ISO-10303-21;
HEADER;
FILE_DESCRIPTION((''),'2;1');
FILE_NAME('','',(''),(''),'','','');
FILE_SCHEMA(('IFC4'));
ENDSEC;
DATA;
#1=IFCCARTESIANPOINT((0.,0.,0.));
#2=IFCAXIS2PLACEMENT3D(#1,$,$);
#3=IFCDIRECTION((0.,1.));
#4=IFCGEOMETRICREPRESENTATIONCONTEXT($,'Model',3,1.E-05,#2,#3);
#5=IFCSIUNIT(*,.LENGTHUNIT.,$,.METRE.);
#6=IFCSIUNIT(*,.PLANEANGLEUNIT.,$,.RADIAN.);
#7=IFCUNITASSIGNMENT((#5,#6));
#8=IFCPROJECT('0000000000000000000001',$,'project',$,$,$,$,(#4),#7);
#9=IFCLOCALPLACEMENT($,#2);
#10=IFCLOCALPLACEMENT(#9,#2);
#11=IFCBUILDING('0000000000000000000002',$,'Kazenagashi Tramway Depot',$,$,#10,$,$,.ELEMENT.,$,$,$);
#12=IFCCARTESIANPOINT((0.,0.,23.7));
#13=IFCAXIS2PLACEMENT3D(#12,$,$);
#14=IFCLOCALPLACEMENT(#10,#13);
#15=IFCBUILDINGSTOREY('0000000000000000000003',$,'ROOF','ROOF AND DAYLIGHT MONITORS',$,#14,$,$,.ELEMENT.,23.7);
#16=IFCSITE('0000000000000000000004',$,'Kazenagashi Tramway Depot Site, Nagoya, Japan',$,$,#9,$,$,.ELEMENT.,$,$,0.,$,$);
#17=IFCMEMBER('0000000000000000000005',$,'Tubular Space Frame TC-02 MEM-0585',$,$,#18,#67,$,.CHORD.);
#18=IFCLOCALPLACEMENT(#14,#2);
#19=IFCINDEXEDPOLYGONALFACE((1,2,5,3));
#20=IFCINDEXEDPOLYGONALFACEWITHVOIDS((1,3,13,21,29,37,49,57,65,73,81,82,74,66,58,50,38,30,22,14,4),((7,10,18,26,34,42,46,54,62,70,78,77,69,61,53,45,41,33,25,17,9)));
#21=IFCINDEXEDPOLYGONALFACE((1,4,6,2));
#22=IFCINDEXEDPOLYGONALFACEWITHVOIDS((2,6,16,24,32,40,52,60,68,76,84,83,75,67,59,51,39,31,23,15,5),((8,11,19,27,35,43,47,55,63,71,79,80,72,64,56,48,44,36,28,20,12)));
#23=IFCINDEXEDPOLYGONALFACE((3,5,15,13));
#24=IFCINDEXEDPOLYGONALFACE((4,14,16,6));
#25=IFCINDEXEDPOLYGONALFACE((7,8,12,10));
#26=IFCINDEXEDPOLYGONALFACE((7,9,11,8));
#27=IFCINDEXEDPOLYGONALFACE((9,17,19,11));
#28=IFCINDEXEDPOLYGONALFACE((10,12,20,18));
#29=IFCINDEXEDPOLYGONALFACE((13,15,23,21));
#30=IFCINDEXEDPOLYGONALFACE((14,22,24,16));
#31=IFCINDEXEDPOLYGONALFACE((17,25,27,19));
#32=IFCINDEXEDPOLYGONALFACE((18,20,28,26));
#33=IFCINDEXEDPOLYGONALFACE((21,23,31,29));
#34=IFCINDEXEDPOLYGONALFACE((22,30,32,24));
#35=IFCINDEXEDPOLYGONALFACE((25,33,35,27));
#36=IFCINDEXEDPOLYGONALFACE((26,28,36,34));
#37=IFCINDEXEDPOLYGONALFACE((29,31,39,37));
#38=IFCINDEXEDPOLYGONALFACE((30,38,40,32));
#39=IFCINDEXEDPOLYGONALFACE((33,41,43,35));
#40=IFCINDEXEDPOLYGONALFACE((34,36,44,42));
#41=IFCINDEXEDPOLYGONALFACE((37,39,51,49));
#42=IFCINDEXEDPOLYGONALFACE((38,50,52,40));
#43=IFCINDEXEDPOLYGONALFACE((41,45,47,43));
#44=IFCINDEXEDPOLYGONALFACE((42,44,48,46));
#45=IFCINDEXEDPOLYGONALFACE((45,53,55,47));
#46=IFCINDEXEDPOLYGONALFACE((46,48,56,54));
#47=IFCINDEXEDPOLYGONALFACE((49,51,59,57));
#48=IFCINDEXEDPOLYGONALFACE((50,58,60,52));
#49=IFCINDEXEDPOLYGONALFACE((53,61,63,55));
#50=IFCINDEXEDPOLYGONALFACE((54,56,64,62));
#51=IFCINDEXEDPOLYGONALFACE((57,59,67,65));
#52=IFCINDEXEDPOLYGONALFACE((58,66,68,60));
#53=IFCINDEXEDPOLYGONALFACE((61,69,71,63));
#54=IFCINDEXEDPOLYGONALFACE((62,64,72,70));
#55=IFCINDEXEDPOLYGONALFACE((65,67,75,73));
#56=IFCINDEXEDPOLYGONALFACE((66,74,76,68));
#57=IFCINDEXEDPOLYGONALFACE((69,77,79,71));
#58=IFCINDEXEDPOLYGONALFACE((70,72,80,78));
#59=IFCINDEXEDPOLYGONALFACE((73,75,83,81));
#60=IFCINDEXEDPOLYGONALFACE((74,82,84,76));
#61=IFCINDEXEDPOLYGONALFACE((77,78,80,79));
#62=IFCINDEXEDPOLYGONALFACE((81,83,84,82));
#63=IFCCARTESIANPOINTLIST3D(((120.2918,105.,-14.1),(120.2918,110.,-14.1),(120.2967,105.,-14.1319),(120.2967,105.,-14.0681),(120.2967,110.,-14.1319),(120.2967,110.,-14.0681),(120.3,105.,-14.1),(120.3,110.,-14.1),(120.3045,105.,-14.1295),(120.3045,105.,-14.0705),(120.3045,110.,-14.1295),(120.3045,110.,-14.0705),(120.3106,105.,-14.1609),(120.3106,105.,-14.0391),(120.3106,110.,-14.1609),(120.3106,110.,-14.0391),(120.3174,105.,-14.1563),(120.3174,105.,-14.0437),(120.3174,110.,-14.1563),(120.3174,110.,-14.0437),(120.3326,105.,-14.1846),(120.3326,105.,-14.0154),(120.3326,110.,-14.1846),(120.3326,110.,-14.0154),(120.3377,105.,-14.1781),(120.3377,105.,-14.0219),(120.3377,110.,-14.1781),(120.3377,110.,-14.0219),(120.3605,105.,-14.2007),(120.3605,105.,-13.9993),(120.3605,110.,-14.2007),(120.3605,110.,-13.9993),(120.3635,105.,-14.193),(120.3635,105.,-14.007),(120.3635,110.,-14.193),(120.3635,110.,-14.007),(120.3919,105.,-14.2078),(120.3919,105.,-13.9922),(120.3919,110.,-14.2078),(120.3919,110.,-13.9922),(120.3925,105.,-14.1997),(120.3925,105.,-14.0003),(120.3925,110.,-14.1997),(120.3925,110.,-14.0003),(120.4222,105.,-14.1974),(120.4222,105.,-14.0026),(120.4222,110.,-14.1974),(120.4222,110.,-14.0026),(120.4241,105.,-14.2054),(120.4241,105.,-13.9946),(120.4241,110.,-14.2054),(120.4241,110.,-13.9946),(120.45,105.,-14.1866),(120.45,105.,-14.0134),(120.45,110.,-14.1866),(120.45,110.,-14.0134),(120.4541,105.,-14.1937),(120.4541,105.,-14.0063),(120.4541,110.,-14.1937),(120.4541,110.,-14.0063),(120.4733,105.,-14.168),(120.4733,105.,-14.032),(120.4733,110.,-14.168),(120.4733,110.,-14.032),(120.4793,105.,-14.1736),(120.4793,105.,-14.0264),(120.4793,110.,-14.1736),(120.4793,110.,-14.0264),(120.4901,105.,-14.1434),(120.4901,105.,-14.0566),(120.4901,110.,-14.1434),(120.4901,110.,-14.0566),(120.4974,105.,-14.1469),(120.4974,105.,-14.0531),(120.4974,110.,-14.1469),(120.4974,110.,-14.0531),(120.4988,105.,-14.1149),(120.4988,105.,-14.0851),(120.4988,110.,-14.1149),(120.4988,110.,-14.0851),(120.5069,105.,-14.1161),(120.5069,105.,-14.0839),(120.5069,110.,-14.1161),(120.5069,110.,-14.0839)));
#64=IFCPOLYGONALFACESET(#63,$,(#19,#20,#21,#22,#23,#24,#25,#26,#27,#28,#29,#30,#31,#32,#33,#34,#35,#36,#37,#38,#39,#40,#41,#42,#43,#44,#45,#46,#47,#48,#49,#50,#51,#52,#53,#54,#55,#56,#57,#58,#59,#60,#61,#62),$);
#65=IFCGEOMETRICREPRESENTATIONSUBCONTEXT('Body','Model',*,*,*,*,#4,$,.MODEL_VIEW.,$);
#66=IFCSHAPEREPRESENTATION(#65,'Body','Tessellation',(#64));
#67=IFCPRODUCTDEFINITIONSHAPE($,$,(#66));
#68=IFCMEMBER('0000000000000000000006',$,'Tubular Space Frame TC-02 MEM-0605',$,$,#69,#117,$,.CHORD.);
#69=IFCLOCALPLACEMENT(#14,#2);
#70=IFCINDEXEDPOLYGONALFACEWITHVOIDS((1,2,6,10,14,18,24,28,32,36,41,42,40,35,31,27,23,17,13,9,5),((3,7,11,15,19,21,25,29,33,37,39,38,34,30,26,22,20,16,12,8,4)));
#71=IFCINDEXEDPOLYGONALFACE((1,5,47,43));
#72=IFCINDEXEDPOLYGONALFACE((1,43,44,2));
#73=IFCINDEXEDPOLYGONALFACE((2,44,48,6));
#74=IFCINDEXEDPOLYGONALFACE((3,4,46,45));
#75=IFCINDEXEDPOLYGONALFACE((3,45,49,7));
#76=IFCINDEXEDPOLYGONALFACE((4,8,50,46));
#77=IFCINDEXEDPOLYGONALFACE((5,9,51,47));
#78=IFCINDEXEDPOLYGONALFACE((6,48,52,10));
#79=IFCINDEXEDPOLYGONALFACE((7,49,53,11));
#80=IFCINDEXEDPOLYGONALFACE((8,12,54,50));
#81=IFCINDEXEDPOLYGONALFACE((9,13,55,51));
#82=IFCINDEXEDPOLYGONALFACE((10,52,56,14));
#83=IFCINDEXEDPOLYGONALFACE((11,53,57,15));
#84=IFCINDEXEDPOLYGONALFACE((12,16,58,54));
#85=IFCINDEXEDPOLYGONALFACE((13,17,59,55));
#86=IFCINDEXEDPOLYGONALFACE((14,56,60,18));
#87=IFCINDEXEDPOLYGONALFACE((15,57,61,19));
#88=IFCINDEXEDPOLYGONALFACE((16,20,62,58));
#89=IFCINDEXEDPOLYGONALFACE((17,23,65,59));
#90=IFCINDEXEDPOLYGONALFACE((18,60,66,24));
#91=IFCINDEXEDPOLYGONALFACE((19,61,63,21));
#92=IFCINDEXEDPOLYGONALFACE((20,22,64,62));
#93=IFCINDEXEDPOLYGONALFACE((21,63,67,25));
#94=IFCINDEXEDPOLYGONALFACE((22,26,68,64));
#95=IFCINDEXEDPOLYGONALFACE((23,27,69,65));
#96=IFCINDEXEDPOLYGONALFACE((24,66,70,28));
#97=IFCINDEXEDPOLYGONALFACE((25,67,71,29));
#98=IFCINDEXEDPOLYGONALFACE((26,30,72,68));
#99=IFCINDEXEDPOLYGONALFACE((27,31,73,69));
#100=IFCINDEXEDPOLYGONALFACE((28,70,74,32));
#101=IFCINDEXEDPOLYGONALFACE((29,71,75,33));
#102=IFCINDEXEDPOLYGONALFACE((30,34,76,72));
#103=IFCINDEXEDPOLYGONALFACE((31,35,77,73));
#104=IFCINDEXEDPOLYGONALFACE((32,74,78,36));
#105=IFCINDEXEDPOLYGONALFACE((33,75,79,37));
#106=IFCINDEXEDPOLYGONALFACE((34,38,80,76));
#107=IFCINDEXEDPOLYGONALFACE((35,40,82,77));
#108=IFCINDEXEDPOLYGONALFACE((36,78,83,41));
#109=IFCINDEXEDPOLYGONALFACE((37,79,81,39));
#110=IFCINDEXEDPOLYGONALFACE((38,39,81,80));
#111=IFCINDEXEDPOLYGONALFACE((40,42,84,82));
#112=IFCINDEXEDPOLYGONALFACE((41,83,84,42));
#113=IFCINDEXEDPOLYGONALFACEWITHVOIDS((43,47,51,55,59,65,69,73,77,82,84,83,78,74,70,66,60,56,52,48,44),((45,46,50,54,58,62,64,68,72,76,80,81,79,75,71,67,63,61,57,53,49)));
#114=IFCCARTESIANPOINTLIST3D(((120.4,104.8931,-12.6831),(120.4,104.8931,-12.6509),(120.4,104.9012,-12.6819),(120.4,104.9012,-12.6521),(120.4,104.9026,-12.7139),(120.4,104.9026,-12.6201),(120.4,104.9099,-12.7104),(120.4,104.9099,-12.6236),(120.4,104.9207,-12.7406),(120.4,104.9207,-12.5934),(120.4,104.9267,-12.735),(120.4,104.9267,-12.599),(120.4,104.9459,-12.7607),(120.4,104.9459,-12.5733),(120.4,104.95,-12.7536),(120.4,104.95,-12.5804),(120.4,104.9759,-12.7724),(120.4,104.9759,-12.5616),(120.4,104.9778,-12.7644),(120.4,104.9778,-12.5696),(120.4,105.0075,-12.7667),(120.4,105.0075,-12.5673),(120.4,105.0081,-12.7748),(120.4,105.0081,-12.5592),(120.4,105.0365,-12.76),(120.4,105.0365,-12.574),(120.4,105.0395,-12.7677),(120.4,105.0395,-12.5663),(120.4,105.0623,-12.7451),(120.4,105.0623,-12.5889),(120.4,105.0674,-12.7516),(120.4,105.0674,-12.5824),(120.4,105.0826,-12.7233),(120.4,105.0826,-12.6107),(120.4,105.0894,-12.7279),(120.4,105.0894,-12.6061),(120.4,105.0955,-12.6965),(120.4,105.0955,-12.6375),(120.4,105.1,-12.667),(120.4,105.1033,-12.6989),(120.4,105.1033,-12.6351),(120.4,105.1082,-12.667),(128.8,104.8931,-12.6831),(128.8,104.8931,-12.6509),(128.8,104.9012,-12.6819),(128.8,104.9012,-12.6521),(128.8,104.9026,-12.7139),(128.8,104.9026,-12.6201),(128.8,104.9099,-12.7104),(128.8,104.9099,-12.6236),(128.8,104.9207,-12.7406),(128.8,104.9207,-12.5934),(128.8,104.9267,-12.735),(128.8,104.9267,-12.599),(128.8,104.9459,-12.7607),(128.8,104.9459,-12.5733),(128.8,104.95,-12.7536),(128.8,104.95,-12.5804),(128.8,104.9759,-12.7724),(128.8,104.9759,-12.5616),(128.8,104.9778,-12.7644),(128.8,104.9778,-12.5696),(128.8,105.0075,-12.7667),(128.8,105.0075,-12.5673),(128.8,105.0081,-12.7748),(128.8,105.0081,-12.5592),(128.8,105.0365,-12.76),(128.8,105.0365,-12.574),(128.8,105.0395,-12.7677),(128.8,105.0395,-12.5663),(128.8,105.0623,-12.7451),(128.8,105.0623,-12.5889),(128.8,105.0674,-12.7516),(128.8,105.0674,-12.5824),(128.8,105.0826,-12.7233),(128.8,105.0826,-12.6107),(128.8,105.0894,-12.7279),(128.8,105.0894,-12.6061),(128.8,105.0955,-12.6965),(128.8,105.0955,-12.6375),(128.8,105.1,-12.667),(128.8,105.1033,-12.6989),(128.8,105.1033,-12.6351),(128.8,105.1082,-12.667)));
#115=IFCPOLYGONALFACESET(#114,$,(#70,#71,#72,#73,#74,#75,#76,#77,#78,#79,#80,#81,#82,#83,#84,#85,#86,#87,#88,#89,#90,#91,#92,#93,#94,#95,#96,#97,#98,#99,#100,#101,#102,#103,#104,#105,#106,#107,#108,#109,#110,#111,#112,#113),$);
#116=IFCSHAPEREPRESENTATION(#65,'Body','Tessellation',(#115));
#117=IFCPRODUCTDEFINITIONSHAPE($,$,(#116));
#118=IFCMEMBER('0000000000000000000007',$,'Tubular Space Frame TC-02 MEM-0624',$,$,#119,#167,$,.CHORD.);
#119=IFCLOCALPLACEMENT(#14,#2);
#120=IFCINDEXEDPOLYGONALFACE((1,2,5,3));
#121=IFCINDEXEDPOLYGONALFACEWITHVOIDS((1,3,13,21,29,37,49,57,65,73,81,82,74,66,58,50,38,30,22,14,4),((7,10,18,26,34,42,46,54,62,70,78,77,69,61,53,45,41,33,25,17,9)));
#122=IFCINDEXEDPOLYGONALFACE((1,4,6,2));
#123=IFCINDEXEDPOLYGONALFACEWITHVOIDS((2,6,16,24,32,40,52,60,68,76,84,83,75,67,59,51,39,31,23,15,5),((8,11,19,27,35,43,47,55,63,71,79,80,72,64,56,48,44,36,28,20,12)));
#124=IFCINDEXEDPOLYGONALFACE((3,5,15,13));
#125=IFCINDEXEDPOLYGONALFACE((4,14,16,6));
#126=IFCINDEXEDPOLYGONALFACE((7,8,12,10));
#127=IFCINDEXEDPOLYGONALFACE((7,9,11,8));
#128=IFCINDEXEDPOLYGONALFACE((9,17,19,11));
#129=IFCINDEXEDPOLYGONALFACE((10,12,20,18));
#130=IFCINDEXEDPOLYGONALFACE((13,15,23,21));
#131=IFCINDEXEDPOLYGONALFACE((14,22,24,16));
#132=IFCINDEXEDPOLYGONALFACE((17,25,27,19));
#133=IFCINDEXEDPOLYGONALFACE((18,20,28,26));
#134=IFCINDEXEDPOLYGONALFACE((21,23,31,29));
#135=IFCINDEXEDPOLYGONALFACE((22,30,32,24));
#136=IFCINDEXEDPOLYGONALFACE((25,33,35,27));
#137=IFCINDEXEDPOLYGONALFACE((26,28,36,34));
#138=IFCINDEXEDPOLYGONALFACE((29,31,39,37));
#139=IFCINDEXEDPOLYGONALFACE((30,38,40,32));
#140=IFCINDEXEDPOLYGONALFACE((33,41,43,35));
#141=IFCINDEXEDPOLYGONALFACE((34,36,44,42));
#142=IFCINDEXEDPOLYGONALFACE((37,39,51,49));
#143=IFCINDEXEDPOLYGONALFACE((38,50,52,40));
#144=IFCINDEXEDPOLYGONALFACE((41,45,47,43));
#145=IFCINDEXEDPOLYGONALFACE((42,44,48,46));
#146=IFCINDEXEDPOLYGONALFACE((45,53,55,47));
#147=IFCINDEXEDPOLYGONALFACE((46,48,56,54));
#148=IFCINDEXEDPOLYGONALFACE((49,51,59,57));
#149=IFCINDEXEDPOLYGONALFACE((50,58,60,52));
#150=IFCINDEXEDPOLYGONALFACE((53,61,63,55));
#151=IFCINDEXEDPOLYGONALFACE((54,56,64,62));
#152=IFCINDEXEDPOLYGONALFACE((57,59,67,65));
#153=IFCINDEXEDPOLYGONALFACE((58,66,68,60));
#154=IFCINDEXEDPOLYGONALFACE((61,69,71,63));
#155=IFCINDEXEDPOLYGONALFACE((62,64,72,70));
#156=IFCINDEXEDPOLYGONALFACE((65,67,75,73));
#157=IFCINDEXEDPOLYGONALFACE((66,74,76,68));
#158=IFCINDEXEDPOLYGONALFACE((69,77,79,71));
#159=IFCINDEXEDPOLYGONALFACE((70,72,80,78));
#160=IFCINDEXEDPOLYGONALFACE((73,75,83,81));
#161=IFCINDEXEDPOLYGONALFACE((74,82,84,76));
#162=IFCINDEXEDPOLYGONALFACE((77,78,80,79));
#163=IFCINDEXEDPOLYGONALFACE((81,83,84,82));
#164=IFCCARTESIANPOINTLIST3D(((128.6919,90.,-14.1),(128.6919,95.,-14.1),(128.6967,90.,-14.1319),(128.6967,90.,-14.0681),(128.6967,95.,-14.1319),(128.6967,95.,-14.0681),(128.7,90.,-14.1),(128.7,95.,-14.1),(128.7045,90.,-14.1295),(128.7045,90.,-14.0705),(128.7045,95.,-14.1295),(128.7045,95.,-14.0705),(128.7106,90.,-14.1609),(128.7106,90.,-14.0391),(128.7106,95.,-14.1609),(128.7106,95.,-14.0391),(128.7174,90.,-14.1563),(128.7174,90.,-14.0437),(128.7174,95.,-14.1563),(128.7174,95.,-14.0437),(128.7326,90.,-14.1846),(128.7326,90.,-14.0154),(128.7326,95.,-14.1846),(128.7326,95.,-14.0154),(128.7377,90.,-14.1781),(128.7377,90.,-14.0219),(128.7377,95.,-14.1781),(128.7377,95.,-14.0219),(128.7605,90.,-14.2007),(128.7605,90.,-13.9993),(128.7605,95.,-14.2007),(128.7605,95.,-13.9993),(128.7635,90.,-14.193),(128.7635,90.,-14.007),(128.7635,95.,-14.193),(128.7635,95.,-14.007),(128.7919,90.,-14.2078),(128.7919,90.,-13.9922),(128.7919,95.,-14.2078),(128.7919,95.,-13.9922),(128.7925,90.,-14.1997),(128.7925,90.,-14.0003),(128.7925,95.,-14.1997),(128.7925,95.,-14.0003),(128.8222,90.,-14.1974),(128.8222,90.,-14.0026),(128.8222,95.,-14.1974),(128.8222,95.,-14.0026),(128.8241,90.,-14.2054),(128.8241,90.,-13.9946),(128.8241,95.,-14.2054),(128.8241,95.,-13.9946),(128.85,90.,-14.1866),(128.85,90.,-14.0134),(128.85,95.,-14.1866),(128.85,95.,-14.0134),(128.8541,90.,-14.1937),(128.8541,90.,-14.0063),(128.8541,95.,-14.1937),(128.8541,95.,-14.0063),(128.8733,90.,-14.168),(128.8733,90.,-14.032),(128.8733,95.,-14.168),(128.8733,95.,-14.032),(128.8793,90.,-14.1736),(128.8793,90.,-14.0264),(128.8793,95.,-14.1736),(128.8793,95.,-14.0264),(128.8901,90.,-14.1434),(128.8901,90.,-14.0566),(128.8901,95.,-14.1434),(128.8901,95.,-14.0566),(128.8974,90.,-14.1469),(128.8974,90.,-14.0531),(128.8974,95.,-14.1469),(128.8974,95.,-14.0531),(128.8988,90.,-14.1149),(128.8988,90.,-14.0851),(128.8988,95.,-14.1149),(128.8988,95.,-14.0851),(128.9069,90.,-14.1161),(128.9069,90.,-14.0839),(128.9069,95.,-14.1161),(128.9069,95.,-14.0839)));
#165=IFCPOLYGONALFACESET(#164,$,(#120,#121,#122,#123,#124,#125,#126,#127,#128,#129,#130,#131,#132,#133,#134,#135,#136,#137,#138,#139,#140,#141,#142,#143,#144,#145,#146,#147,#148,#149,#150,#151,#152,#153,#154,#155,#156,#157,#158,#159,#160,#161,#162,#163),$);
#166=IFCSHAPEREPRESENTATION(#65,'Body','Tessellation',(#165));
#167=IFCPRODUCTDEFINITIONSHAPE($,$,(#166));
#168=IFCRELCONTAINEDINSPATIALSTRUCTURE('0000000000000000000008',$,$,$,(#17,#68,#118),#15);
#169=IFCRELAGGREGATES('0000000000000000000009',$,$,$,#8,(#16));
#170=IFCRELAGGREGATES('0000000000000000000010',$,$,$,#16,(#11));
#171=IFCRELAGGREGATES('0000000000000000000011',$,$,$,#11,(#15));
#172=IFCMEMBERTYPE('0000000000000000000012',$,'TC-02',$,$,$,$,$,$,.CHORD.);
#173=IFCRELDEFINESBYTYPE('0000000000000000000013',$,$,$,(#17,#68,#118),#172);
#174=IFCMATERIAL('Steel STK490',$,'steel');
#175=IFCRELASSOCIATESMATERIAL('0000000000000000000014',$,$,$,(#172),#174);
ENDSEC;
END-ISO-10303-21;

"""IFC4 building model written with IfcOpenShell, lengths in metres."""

from ifc_helpers import new_model, si_unit, direction, frame, origin, origin_2d, place, context, subcontext, project, spatial, hollow_circle, extrude, material, material_profile, profile_set, type_object, element, save


model = new_model("IFC4")

# Units and contexts
model_context = context("Model", 3, precision=1e-05, world=origin(), true_north=direction((0.0, 1.0)))
body_context = subcontext(model_context, "Body", "Model", "MODEL_VIEW")
ifc_project = project(units=[si_unit("LENGTHUNIT", "METRE"), si_unit("PLANEANGLEUNIT", "RADIAN")], contexts=[model_context])

# Site, building, storey
site_placement = place(None, origin())
site = spatial("IfcSite", under=ifc_project, at=site_placement, Name="Kazenagashi Tramway Depot Site, Nagoya, Japan", CompositionType="ELEMENT", RefElevation=0.0)
building_placement = place(site_placement, origin())
building = spatial("IfcBuilding", under=site, at=building_placement, Name="Kazenagashi Tramway Depot", CompositionType="ELEMENT")
storey_placement = place(building_placement, frame((0.0, 0.0, 23.7)))
storey = spatial("IfcBuildingStorey", under=building, at=storey_placement, Name="ROOF", Description="ROOF AND DAYLIGHT MONITORS", CompositionType="ELEMENT", Elevation=23.7)

# Members
ifc_material_1 = material(Name="Steel STK490", Category="steel")
ifc_material_profile_1 = material_profile(ifc_material_1, hollow_circle(Radius=0.1081, WallThickness=0.0082, at=origin_2d()), Name="CHS-216.3x8.2")
ifc_profile_set_1 = profile_set([ifc_material_profile_1], Name="Steel STK490")
member_type_1 = type_object("IfcMemberType", Name="TC-02", PredefinedType="CHORD", material=ifc_profile_set_1)
for number, where, z_axis, x_axis, name in (
    (1, (120.4, 105.0, -14.1), (0.0, 1.0, 0.0), (-1.0, 0.0, 0.0), "Tubular Space Frame TC-02 MEM-0585"),
):
    element("IfcMember", number, at=place(storey_placement, frame(where, z_axis=z_axis, x_axis=x_axis)), inside=storey, type_object=member_type_1, Name=name, PredefinedType="CHORD", context=body_context, shape_type="SweptSolid", body=[
        extrude(hollow_circle(Radius=0.1081, WallThickness=0.0082, at=origin_2d()), origin(), (0.0, 0.0, 1.0), 5.0),
    ])
member_1_placement = place(storey_placement, frame((120.4, 105.0, -12.667), z_axis=(1.0, 0.0, 0.0), x_axis=(0.0, 1.0, 0.0)))
element("IfcMember", 2, at=member_1_placement, inside=storey, type_object=member_type_1, Name="Tubular Space Frame TC-02 MEM-0605", PredefinedType="CHORD", context=body_context, shape_type="SweptSolid", body=[
    extrude(hollow_circle(Radius=0.1081, WallThickness=0.0082, at=origin_2d()), origin(), (0.0, 0.0, 1.0), 8.4),
])
for number, where, z_axis, x_axis, name in (
    (3, (128.8, 90.0, -14.1), (0.0, 1.0, 0.0), (-1.0, 0.0, 0.0), "Tubular Space Frame TC-02 MEM-0624"),
):
    element("IfcMember", number, at=place(storey_placement, frame(where, z_axis=z_axis, x_axis=x_axis)), inside=storey, type_object=member_type_1, Name=name, PredefinedType="CHORD", context=body_context, shape_type="SweptSolid", body=[
        extrude(hollow_circle(Radius=0.1081, WallThickness=0.0082, at=origin_2d()), origin(), (0.0, 0.0, 1.0), 5.0),
    ])

save(model, "model.ifc")
